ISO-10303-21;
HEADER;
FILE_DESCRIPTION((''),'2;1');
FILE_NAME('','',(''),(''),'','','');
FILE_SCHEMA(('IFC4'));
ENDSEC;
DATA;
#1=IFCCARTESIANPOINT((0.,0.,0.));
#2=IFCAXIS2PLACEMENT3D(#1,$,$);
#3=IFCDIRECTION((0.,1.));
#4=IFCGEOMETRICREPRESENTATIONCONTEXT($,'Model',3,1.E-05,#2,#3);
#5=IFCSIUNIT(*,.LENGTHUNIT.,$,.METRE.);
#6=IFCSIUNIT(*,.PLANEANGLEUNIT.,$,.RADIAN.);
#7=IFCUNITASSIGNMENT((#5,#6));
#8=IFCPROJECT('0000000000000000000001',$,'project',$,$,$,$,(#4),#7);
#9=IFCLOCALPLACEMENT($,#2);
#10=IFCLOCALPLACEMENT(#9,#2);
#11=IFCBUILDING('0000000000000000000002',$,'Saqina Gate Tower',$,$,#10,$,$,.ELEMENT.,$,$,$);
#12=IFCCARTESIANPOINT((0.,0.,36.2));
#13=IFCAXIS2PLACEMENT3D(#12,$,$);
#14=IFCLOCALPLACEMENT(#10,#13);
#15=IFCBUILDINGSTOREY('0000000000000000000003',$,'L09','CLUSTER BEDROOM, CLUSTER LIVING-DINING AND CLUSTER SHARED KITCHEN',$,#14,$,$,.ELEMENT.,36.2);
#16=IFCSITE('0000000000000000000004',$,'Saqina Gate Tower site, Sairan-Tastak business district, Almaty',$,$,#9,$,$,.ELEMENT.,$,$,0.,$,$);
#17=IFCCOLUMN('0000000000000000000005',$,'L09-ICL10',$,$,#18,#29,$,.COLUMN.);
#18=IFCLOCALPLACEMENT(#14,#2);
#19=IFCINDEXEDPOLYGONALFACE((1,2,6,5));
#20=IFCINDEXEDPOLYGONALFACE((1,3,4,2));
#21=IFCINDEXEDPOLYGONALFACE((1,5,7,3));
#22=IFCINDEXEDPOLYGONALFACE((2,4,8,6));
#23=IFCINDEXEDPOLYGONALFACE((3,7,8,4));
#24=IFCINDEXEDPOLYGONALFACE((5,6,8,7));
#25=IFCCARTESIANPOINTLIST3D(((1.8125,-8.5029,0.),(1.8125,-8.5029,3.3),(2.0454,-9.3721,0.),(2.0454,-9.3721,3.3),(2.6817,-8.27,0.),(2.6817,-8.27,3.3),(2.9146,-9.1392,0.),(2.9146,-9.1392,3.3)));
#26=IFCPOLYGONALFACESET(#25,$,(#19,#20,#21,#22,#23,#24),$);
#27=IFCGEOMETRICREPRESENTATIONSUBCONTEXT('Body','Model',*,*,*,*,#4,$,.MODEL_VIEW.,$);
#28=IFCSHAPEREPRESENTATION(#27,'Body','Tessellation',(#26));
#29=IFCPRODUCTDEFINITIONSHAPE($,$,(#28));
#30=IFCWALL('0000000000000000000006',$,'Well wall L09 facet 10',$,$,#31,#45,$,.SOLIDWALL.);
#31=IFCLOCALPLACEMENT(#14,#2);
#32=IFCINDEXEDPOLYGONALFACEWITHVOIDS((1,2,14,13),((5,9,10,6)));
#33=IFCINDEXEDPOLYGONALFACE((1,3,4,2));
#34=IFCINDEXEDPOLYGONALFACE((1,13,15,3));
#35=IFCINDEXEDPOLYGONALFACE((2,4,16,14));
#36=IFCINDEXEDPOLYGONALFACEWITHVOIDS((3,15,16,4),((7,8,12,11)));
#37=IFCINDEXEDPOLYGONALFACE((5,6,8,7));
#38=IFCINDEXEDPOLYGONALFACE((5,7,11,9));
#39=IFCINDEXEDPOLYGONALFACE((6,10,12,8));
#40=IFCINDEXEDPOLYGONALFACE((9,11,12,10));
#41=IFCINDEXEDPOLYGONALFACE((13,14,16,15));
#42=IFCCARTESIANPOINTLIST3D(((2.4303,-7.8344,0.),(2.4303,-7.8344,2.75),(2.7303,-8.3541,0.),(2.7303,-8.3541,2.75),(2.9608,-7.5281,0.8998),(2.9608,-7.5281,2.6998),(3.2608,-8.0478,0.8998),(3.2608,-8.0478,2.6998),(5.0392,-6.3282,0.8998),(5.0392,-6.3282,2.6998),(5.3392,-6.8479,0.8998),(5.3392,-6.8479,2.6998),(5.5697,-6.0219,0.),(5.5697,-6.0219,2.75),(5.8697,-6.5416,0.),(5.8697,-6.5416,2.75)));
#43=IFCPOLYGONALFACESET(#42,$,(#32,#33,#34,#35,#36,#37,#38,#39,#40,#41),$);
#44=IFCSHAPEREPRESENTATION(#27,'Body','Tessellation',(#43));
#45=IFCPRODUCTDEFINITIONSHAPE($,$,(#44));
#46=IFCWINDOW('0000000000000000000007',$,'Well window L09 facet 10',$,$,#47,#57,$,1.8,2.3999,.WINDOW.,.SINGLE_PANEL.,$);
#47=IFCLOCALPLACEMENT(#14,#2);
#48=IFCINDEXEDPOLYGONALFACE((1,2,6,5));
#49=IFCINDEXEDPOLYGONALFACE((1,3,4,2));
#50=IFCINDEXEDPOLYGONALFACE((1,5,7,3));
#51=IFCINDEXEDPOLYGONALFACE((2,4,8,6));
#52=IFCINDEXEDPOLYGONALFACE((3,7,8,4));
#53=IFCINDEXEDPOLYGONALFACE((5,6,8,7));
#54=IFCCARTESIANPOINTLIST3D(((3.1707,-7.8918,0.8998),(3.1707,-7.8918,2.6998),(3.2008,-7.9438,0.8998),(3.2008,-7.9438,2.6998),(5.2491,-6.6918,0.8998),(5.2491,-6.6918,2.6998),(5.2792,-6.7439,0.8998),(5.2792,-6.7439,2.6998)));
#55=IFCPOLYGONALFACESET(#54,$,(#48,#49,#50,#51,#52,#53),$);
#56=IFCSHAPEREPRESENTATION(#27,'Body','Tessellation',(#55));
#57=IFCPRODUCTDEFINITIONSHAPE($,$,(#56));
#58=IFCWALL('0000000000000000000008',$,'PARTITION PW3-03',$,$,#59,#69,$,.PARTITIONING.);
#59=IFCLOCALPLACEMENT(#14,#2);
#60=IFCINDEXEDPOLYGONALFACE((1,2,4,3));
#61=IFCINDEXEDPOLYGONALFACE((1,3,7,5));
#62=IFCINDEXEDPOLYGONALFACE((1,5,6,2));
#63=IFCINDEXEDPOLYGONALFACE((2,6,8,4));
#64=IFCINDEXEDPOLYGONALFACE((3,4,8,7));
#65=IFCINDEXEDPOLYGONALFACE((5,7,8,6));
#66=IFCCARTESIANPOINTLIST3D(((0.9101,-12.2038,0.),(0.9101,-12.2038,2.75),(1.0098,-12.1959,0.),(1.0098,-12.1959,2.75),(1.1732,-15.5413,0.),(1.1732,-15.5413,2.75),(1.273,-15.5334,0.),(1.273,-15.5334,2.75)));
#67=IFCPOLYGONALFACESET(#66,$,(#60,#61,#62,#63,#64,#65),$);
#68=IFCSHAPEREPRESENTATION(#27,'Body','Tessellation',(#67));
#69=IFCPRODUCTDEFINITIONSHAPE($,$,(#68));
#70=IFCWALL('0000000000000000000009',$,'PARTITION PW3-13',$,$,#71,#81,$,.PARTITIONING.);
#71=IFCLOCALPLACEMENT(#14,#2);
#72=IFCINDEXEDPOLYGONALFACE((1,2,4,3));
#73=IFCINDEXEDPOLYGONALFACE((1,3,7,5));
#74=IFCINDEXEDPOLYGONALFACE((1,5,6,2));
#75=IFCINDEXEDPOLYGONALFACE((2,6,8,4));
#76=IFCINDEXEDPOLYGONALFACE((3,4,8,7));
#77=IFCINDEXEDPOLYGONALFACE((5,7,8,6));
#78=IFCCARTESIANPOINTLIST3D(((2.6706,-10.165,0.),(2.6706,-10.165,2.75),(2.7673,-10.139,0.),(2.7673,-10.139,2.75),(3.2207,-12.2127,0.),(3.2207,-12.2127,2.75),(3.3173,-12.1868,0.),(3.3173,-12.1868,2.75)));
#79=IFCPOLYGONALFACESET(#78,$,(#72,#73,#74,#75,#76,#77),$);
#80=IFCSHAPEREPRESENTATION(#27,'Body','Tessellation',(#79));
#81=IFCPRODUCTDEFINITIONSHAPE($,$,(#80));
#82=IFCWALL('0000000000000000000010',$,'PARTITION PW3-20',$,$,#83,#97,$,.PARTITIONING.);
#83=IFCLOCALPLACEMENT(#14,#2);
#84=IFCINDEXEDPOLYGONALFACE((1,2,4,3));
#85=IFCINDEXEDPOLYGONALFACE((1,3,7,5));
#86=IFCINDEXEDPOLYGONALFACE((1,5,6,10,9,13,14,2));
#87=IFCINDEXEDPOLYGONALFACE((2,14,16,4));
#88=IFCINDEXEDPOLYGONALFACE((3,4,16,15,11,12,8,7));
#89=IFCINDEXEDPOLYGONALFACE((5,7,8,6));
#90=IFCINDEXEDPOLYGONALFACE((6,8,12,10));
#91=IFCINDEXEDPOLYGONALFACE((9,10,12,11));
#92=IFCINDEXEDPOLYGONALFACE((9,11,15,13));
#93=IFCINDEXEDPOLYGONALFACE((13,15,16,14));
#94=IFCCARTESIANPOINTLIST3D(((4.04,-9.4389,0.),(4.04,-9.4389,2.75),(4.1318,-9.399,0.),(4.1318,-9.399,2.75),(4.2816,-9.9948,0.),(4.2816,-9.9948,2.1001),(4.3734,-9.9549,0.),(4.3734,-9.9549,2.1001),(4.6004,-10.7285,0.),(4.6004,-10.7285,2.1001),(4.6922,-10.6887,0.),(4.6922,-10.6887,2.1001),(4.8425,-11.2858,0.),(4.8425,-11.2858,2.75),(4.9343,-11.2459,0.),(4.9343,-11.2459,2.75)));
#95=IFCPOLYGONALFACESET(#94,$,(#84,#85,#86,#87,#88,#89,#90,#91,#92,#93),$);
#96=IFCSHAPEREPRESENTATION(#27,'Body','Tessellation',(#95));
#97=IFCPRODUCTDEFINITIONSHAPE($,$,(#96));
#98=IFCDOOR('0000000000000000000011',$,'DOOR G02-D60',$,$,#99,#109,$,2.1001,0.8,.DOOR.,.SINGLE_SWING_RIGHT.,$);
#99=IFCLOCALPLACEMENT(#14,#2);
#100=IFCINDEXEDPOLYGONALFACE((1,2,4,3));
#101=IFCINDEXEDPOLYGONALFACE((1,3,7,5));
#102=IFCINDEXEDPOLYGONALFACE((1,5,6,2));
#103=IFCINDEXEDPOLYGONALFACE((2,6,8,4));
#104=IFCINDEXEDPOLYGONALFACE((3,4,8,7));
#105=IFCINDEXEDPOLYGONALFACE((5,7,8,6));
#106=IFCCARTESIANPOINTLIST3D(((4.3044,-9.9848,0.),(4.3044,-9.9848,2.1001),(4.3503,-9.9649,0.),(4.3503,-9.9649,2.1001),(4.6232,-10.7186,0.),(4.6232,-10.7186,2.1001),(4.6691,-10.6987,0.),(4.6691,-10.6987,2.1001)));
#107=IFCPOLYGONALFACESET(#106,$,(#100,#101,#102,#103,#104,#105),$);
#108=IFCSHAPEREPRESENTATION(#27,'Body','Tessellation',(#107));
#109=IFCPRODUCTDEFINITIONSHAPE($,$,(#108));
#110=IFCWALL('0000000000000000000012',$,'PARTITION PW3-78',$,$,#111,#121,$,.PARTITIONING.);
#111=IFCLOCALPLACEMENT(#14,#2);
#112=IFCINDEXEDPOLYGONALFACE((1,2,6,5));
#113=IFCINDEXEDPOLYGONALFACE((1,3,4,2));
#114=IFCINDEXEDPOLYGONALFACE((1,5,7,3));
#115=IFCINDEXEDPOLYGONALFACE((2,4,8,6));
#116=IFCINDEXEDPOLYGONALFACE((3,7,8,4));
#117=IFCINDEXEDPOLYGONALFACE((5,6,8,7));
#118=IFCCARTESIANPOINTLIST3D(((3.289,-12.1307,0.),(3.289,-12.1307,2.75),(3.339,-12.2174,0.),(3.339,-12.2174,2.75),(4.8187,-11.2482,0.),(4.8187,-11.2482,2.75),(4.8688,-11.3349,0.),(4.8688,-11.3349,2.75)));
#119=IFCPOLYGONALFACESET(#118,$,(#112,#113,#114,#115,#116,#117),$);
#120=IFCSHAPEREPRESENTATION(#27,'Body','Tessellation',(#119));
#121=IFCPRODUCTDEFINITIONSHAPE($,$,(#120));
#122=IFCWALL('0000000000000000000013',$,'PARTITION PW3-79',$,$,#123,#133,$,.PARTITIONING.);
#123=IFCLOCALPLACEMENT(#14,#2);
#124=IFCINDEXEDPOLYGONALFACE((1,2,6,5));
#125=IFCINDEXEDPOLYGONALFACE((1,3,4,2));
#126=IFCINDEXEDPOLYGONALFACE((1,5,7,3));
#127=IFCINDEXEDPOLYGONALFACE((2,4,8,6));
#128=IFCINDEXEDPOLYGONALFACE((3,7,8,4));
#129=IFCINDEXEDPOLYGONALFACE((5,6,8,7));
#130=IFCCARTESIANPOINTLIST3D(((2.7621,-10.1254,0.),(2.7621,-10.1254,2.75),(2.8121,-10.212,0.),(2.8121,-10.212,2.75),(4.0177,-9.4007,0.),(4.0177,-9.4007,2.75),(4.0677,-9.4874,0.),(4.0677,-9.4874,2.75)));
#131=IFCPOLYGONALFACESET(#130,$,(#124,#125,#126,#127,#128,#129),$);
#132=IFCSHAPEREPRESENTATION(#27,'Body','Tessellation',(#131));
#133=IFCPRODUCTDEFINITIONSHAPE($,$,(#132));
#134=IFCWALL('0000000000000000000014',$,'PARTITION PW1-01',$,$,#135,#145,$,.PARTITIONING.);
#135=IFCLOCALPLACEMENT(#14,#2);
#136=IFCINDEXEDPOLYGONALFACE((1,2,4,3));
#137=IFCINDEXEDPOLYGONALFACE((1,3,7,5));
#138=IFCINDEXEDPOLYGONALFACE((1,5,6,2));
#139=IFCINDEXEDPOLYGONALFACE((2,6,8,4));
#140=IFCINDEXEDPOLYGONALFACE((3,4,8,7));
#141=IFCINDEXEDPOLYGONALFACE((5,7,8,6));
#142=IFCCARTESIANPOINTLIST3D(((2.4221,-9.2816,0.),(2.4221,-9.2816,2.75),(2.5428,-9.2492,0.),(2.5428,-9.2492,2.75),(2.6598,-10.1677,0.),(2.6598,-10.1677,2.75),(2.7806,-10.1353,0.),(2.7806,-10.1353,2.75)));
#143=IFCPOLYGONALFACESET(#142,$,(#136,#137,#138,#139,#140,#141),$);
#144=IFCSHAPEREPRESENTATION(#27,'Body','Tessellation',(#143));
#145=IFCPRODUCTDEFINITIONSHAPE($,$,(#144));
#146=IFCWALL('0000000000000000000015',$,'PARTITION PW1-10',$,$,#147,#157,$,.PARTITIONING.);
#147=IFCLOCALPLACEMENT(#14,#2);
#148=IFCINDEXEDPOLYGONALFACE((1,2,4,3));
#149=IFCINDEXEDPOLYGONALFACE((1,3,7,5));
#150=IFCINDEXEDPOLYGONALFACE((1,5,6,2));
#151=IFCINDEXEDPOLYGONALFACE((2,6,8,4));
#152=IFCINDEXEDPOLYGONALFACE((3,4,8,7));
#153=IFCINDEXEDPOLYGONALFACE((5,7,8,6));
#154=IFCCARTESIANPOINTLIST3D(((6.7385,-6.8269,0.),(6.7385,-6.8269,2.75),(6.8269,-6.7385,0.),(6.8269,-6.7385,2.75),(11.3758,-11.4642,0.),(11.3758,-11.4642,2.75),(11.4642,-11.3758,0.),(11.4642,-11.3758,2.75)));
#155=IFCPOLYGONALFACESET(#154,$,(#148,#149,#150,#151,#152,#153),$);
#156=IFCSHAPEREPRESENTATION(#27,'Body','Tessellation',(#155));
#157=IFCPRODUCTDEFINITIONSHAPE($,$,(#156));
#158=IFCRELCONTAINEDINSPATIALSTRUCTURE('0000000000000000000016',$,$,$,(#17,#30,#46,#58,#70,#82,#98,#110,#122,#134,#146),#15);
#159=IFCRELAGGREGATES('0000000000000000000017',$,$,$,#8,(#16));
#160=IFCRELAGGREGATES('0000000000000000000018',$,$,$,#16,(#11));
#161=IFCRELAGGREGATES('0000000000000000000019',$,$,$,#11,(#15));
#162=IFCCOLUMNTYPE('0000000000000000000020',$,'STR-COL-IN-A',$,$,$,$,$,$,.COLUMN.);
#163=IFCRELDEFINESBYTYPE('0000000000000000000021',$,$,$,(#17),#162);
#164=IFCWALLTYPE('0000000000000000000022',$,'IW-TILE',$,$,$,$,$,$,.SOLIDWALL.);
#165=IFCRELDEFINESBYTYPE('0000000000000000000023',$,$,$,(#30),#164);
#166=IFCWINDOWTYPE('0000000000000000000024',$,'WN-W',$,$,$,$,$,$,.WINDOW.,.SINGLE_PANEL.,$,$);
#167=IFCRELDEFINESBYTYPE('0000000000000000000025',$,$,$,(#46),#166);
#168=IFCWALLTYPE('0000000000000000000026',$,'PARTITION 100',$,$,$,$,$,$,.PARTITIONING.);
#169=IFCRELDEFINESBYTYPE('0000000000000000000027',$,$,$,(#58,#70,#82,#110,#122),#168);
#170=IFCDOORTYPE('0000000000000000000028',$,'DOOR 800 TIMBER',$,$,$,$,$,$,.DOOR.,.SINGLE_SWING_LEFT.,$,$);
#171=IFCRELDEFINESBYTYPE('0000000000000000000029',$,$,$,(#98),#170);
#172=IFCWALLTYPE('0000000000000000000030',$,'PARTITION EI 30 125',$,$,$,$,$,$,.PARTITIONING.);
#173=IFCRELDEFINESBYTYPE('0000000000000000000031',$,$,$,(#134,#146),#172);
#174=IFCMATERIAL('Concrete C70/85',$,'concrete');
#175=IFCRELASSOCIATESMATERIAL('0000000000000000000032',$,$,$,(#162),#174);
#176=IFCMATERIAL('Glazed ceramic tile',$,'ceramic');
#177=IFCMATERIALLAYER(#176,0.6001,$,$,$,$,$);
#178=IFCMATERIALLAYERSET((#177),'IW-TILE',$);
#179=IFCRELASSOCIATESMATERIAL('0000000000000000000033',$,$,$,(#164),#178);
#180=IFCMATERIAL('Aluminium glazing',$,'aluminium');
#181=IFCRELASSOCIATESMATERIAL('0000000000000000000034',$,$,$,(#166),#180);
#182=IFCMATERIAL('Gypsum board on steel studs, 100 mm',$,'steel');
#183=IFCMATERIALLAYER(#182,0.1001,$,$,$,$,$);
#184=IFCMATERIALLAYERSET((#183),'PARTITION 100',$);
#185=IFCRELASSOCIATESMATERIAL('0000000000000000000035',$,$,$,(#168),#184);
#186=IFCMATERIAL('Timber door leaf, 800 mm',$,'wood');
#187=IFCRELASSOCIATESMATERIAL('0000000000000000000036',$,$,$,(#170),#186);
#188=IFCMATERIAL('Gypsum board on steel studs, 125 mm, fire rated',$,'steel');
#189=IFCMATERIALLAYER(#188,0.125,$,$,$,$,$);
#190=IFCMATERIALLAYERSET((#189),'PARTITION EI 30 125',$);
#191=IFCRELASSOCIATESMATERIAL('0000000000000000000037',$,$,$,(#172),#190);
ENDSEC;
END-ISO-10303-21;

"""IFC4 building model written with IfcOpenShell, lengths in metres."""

from ifc_helpers import new_model, si_unit, direction, frame, frame_2d, origin, origin_2d, place, context, subcontext, project, spatial, rectangle, extrude, material, layer, layer_set, material_profile, profile_set, type_object, element, fill, save


model = new_model("IFC4")

# Units and contexts
model_context = context("Model", 3, precision=1e-05, world=origin(), true_north=direction((0.0, 1.0)))
body_context = subcontext(model_context, "Body", "Model", "MODEL_VIEW")
ifc_project = project(units=[si_unit("LENGTHUNIT", "METRE"), si_unit("PLANEANGLEUNIT", "RADIAN")], contexts=[model_context])

# Site, building, storey
site_placement = place(None, origin())
site = spatial("IfcSite", under=ifc_project, at=site_placement, Name="Saqina Gate Tower site, Sairan-Tastak business district, Almaty", CompositionType="ELEMENT", RefElevation=0.0)
building_placement = place(site_placement, origin())
building = spatial("IfcBuilding", under=site, at=building_placement, Name="Saqina Gate Tower", CompositionType="ELEMENT")
storey_placement = place(building_placement, frame((0.0, 0.0, 36.2)))
storey = spatial("IfcBuildingStorey", under=building, at=storey_placement, Name="L09", Description="CLUSTER BEDROOM, CLUSTER LIVING-DINING AND CLUSTER SHARED KITCHEN", CompositionType="ELEMENT", Elevation=36.2)

# Column
ifc_material_1 = material(Name="Concrete C70/85", Category="concrete")
ifc_material_profile = material_profile(ifc_material_1, rectangle(XDim=0.8999, YDim=0.8999, at=origin_2d()), Name="RC 900x900")
ifc_profile_set = profile_set([ifc_material_profile], Name="Concrete C70/85")
column_type = type_object("IfcColumnType", Name="STR-COL-IN-A", PredefinedType="COLUMN", material=ifc_profile_set)
column_placement = place(storey_placement, frame((2.3635, -8.821, 0.0), z_axis=(0.0, 0.0, 1.0), x_axis=(0.258819, -0.965926, 0.0)))
element("IfcColumn", 1, at=column_placement, inside=storey, type_object=column_type, Name="L09-ICL10", PredefinedType="COLUMN", context=body_context, shape_type="SweptSolid", body=[
    extrude(rectangle(XDim=0.8999, YDim=0.8999, at=origin_2d()), origin(), (0.0, 0.0, 1.0), 3.3),
])

# Wall, opening, window
ifc_material_2 = material(Name="Glazed ceramic tile", Category="ceramic")
ifc_layer_1 = layer(ifc_material_2, 0.6001)
ifc_layer_set_1 = layer_set([ifc_layer_1], Name="IW-TILE")
wall_type_1 = type_object("IfcWallType", Name="IW-TILE", PredefinedType="SOLIDWALL", material=ifc_layer_set_1)
wall_1_placement = place(storey_placement, frame((2.5803, -8.0942, 0.0), z_axis=(0.0, 0.0, 1.0), x_axis=(0.86603, 0.499993, 0.0)))
wall_1 = element("IfcWall", 2, at=wall_1_placement, inside=storey, type_object=wall_type_1, Name="Well wall L09 facet 10", PredefinedType="SOLIDWALL", context=body_context, shape_type="SweptSolid", body=[
    extrude(rectangle(XDim=3.625, YDim=0.6001, at=frame_2d((1.8125, 0.0))), origin(), (0.0, 0.0, 1.0), 2.75),
])
opening_1_placement = place(wall_1_placement, frame((0.6125, 0.0, 0.8999)))
opening_1 = element("IfcOpeningElement", 3, at=opening_1_placement, cuts=wall_1, PredefinedType="OPENING", context=body_context, shape_type="SweptSolid", body=[
    extrude(rectangle(XDim=2.3999, YDim=1.8, at=frame_2d((1.2, 0.8999))), frame((0.0, 0.312, 0.0), z_axis=(0.0, -1.0, 0.0), x_axis=(1.0, 0.0, 0.0)), (0.0, 0.0, 1.0), 0.624),
])
ifc_material_3 = material(Name="Aluminium glazing", Category="aluminium")
window_type = type_object("IfcWindowType", Name="WN-W", PartitioningType="SINGLE_PANEL", PredefinedType="WINDOW", material=ifc_material_3)
window_placement = place(opening_1_placement, origin())
window = element("IfcWindow", 4, at=window_placement, inside=storey, type_object=window_type, Name="Well window L09 facet 10", OverallHeight=1.8, OverallWidth=2.3999, PartitioningType="SINGLE_PANEL", PredefinedType="WINDOW", context=body_context, shape_type="SweptSolid", body=[
    extrude(rectangle(XDim=2.3999, YDim=1.8, at=frame_2d((1.2, 0.8999))), frame((0.0, -0.1199, 0.0), z_axis=(0.0, -1.0, 0.0), x_axis=(1.0, 0.0, 0.0)), (0.0, 0.0, 1.0), 0.0601),
])
fill(opening_1, window)

# Walls
ifc_material_4 = material(Name="Gypsum board on steel studs, 100 mm", Category="steel")
ifc_layer_2 = layer(ifc_material_4, 0.1001)
ifc_layer_set_2 = layer_set([ifc_layer_2], Name="PARTITION 100")
wall_type_2 = type_object("IfcWallType", Name="PARTITION 100", PredefinedType="PARTITIONING", material=ifc_layer_set_2)
wall_2_placement = place(storey_placement, frame((0.96, -12.2, 0.0), z_axis=(0.0, 0.0, 1.0), x_axis=(0.078609, -0.996906, 0.0)))
element("IfcWall", 5, at=wall_2_placement, inside=storey, type_object=wall_type_2, Name="PARTITION PW3-03", PredefinedType="PARTITIONING", context=body_context, shape_type="SweptSolid", body=[
    extrude(rectangle(XDim=3.3479, YDim=0.1001, at=frame_2d((1.6738, 0.0))), origin(), (0.0, 0.0, 1.0), 2.75),
])
wall_3_placement = place(storey_placement, frame((2.719, -10.1521, 0.0), z_axis=(0.0, 0.0, 1.0), x_axis=(0.259404, -0.965769, 0.0)))
element("IfcWall", 6, at=wall_3_placement, inside=storey, type_object=wall_type_2, Name="PARTITION PW3-13", PredefinedType="PARTITIONING", context=body_context, shape_type="SweptSolid", body=[
    extrude(rectangle(XDim=2.1204, YDim=0.1001, at=frame_2d((1.0601, 0.0))), origin(), (0.0, 0.0, 1.0), 2.75),
])

# Wall, opening, door
wall_4_placement = place(storey_placement, frame((4.0859, -9.4189, 0.0), z_axis=(0.0, 0.0, 1.0), x_axis=(0.398509, -0.917164, 0.0)))
wall_4 = element("IfcWall", 7, at=wall_4_placement, inside=storey, type_object=wall_type_2, Name="PARTITION PW3-20", PredefinedType="PARTITIONING", context=body_context, shape_type="SweptSolid", body=[
    extrude(rectangle(XDim=2.0137, YDim=0.1001, at=frame_2d((1.0068, 0.0))), origin(), (0.0, 0.0, 1.0), 2.75),
])
opening_2_placement = place(wall_4_placement, frame((0.6062, 0.0, 0.0)))
opening_2 = element("IfcOpeningElement", 8, at=opening_2_placement, cuts=wall_4, PredefinedType="OPENING", context=body_context, shape_type="SweptSolid", body=[
    extrude(rectangle(XDim=0.8, YDim=2.1001, at=frame_2d((0.3999, 1.05))), frame((0.0, 0.062, 0.0), z_axis=(0.0, -1.0, 0.0), x_axis=(1.0, 0.0, 0.0)), (0.0, 0.0, 1.0), 0.124),
])
ifc_material_5 = material(Name="Timber door leaf, 800 mm", Category="wood")
door_type_1 = type_object("IfcDoorType", Name="DOOR 800 TIMBER", OperationType="SINGLE_SWING_LEFT", PredefinedType="DOOR", material=ifc_material_5)
door_1_placement = place(opening_2_placement, origin())
door_1 = element("IfcDoor", 9, at=door_1_placement, inside=storey, type_object=door_type_1, Name="DOOR G02-D60", OperationType="SINGLE_SWING_RIGHT", OverallHeight=2.1001, OverallWidth=0.8, PredefinedType="DOOR", context=body_context, shape_type="SweptSolid", body=[
    extrude(rectangle(XDim=0.8, YDim=2.1001, at=frame_2d((0.3999, 1.05))), frame((0.0, 0.0249, 0.0), z_axis=(0.0, -1.0, 0.0), x_axis=(1.0, 0.0, 0.0)), (0.0, 0.0, 1.0), 0.05),
])
fill(opening_2, door_1)

# Walls
wall_5_placement = place(storey_placement, frame((3.314, -12.1741, 0.0), z_axis=(0.0, 0.0, 1.0), x_axis=(0.866186, 0.499722, 0.0)))
element("IfcWall", 10, at=wall_5_placement, inside=storey, type_object=wall_type_2, Name="PARTITION PW3-78", PredefinedType="PARTITIONING", context=body_context, shape_type="SweptSolid", body=[
    extrude(rectangle(XDim=1.7661, YDim=0.1001, at=frame_2d((0.8831, 0.0))), origin(), (0.0, 0.0, 1.0), 2.75),
])
wall_6_placement = place(storey_placement, frame((2.7871, -10.1687, 0.0), z_axis=(0.0, 0.0, 1.0), x_axis=(0.866121, 0.499834, 0.0)))
element("IfcWall", 11, at=wall_6_placement, inside=storey, type_object=wall_type_2, Name="PARTITION PW3-79", PredefinedType="PARTITIONING", context=body_context, shape_type="SweptSolid", body=[
    extrude(rectangle(XDim=1.4497, YDim=0.1001, at=frame_2d((0.7249, 0.0))), origin(), (0.0, 0.0, 1.0), 2.75),
])
ifc_material_6 = material(Name="Gypsum board on steel studs, 125 mm, fire rated", Category="steel")
ifc_layer_3 = layer(ifc_material_6, 0.125)
ifc_layer_set_3 = layer_set([ifc_layer_3], Name="PARTITION EI 30 125")
wall_type_3 = type_object("IfcWallType", Name="PARTITION EI 30 125", PredefinedType="PARTITIONING", material=ifc_layer_set_3)
wall_7_placement = place(storey_placement, frame((2.4824, -9.2654, 0.0), z_axis=(0.0, 0.0, 1.0), x_axis=(0.259153, -0.965836, 0.0)))
element("IfcWall", 12, at=wall_7_placement, inside=storey, type_object=wall_type_3, Name="PARTITION PW1-01", PredefinedType="PARTITIONING", context=body_context, shape_type="SweptSolid", body=[
    extrude(rectangle(XDim=0.9175, YDim=0.125, at=frame_2d((0.4587, 0.0))), origin(), (0.0, 0.0, 1.0), 2.75),
])
wall_8_placement = place(storey_placement, frame((6.7827, -6.7827, 0.0), z_axis=(0.0, 0.0, 1.0), x_axis=(0.707107, -0.707107, 0.0)))
element("IfcWall", 13, at=wall_8_placement, inside=storey, type_object=wall_type_3, Name="PARTITION PW1-10", PredefinedType="PARTITIONING", context=body_context, shape_type="SweptSolid", body=[
    extrude(rectangle(XDim=6.5581, YDim=0.125, at=frame_2d((3.2791, 0.0))), origin(), (0.0, 0.0, 1.0), 2.75),
])

save(model, "model.ifc")
